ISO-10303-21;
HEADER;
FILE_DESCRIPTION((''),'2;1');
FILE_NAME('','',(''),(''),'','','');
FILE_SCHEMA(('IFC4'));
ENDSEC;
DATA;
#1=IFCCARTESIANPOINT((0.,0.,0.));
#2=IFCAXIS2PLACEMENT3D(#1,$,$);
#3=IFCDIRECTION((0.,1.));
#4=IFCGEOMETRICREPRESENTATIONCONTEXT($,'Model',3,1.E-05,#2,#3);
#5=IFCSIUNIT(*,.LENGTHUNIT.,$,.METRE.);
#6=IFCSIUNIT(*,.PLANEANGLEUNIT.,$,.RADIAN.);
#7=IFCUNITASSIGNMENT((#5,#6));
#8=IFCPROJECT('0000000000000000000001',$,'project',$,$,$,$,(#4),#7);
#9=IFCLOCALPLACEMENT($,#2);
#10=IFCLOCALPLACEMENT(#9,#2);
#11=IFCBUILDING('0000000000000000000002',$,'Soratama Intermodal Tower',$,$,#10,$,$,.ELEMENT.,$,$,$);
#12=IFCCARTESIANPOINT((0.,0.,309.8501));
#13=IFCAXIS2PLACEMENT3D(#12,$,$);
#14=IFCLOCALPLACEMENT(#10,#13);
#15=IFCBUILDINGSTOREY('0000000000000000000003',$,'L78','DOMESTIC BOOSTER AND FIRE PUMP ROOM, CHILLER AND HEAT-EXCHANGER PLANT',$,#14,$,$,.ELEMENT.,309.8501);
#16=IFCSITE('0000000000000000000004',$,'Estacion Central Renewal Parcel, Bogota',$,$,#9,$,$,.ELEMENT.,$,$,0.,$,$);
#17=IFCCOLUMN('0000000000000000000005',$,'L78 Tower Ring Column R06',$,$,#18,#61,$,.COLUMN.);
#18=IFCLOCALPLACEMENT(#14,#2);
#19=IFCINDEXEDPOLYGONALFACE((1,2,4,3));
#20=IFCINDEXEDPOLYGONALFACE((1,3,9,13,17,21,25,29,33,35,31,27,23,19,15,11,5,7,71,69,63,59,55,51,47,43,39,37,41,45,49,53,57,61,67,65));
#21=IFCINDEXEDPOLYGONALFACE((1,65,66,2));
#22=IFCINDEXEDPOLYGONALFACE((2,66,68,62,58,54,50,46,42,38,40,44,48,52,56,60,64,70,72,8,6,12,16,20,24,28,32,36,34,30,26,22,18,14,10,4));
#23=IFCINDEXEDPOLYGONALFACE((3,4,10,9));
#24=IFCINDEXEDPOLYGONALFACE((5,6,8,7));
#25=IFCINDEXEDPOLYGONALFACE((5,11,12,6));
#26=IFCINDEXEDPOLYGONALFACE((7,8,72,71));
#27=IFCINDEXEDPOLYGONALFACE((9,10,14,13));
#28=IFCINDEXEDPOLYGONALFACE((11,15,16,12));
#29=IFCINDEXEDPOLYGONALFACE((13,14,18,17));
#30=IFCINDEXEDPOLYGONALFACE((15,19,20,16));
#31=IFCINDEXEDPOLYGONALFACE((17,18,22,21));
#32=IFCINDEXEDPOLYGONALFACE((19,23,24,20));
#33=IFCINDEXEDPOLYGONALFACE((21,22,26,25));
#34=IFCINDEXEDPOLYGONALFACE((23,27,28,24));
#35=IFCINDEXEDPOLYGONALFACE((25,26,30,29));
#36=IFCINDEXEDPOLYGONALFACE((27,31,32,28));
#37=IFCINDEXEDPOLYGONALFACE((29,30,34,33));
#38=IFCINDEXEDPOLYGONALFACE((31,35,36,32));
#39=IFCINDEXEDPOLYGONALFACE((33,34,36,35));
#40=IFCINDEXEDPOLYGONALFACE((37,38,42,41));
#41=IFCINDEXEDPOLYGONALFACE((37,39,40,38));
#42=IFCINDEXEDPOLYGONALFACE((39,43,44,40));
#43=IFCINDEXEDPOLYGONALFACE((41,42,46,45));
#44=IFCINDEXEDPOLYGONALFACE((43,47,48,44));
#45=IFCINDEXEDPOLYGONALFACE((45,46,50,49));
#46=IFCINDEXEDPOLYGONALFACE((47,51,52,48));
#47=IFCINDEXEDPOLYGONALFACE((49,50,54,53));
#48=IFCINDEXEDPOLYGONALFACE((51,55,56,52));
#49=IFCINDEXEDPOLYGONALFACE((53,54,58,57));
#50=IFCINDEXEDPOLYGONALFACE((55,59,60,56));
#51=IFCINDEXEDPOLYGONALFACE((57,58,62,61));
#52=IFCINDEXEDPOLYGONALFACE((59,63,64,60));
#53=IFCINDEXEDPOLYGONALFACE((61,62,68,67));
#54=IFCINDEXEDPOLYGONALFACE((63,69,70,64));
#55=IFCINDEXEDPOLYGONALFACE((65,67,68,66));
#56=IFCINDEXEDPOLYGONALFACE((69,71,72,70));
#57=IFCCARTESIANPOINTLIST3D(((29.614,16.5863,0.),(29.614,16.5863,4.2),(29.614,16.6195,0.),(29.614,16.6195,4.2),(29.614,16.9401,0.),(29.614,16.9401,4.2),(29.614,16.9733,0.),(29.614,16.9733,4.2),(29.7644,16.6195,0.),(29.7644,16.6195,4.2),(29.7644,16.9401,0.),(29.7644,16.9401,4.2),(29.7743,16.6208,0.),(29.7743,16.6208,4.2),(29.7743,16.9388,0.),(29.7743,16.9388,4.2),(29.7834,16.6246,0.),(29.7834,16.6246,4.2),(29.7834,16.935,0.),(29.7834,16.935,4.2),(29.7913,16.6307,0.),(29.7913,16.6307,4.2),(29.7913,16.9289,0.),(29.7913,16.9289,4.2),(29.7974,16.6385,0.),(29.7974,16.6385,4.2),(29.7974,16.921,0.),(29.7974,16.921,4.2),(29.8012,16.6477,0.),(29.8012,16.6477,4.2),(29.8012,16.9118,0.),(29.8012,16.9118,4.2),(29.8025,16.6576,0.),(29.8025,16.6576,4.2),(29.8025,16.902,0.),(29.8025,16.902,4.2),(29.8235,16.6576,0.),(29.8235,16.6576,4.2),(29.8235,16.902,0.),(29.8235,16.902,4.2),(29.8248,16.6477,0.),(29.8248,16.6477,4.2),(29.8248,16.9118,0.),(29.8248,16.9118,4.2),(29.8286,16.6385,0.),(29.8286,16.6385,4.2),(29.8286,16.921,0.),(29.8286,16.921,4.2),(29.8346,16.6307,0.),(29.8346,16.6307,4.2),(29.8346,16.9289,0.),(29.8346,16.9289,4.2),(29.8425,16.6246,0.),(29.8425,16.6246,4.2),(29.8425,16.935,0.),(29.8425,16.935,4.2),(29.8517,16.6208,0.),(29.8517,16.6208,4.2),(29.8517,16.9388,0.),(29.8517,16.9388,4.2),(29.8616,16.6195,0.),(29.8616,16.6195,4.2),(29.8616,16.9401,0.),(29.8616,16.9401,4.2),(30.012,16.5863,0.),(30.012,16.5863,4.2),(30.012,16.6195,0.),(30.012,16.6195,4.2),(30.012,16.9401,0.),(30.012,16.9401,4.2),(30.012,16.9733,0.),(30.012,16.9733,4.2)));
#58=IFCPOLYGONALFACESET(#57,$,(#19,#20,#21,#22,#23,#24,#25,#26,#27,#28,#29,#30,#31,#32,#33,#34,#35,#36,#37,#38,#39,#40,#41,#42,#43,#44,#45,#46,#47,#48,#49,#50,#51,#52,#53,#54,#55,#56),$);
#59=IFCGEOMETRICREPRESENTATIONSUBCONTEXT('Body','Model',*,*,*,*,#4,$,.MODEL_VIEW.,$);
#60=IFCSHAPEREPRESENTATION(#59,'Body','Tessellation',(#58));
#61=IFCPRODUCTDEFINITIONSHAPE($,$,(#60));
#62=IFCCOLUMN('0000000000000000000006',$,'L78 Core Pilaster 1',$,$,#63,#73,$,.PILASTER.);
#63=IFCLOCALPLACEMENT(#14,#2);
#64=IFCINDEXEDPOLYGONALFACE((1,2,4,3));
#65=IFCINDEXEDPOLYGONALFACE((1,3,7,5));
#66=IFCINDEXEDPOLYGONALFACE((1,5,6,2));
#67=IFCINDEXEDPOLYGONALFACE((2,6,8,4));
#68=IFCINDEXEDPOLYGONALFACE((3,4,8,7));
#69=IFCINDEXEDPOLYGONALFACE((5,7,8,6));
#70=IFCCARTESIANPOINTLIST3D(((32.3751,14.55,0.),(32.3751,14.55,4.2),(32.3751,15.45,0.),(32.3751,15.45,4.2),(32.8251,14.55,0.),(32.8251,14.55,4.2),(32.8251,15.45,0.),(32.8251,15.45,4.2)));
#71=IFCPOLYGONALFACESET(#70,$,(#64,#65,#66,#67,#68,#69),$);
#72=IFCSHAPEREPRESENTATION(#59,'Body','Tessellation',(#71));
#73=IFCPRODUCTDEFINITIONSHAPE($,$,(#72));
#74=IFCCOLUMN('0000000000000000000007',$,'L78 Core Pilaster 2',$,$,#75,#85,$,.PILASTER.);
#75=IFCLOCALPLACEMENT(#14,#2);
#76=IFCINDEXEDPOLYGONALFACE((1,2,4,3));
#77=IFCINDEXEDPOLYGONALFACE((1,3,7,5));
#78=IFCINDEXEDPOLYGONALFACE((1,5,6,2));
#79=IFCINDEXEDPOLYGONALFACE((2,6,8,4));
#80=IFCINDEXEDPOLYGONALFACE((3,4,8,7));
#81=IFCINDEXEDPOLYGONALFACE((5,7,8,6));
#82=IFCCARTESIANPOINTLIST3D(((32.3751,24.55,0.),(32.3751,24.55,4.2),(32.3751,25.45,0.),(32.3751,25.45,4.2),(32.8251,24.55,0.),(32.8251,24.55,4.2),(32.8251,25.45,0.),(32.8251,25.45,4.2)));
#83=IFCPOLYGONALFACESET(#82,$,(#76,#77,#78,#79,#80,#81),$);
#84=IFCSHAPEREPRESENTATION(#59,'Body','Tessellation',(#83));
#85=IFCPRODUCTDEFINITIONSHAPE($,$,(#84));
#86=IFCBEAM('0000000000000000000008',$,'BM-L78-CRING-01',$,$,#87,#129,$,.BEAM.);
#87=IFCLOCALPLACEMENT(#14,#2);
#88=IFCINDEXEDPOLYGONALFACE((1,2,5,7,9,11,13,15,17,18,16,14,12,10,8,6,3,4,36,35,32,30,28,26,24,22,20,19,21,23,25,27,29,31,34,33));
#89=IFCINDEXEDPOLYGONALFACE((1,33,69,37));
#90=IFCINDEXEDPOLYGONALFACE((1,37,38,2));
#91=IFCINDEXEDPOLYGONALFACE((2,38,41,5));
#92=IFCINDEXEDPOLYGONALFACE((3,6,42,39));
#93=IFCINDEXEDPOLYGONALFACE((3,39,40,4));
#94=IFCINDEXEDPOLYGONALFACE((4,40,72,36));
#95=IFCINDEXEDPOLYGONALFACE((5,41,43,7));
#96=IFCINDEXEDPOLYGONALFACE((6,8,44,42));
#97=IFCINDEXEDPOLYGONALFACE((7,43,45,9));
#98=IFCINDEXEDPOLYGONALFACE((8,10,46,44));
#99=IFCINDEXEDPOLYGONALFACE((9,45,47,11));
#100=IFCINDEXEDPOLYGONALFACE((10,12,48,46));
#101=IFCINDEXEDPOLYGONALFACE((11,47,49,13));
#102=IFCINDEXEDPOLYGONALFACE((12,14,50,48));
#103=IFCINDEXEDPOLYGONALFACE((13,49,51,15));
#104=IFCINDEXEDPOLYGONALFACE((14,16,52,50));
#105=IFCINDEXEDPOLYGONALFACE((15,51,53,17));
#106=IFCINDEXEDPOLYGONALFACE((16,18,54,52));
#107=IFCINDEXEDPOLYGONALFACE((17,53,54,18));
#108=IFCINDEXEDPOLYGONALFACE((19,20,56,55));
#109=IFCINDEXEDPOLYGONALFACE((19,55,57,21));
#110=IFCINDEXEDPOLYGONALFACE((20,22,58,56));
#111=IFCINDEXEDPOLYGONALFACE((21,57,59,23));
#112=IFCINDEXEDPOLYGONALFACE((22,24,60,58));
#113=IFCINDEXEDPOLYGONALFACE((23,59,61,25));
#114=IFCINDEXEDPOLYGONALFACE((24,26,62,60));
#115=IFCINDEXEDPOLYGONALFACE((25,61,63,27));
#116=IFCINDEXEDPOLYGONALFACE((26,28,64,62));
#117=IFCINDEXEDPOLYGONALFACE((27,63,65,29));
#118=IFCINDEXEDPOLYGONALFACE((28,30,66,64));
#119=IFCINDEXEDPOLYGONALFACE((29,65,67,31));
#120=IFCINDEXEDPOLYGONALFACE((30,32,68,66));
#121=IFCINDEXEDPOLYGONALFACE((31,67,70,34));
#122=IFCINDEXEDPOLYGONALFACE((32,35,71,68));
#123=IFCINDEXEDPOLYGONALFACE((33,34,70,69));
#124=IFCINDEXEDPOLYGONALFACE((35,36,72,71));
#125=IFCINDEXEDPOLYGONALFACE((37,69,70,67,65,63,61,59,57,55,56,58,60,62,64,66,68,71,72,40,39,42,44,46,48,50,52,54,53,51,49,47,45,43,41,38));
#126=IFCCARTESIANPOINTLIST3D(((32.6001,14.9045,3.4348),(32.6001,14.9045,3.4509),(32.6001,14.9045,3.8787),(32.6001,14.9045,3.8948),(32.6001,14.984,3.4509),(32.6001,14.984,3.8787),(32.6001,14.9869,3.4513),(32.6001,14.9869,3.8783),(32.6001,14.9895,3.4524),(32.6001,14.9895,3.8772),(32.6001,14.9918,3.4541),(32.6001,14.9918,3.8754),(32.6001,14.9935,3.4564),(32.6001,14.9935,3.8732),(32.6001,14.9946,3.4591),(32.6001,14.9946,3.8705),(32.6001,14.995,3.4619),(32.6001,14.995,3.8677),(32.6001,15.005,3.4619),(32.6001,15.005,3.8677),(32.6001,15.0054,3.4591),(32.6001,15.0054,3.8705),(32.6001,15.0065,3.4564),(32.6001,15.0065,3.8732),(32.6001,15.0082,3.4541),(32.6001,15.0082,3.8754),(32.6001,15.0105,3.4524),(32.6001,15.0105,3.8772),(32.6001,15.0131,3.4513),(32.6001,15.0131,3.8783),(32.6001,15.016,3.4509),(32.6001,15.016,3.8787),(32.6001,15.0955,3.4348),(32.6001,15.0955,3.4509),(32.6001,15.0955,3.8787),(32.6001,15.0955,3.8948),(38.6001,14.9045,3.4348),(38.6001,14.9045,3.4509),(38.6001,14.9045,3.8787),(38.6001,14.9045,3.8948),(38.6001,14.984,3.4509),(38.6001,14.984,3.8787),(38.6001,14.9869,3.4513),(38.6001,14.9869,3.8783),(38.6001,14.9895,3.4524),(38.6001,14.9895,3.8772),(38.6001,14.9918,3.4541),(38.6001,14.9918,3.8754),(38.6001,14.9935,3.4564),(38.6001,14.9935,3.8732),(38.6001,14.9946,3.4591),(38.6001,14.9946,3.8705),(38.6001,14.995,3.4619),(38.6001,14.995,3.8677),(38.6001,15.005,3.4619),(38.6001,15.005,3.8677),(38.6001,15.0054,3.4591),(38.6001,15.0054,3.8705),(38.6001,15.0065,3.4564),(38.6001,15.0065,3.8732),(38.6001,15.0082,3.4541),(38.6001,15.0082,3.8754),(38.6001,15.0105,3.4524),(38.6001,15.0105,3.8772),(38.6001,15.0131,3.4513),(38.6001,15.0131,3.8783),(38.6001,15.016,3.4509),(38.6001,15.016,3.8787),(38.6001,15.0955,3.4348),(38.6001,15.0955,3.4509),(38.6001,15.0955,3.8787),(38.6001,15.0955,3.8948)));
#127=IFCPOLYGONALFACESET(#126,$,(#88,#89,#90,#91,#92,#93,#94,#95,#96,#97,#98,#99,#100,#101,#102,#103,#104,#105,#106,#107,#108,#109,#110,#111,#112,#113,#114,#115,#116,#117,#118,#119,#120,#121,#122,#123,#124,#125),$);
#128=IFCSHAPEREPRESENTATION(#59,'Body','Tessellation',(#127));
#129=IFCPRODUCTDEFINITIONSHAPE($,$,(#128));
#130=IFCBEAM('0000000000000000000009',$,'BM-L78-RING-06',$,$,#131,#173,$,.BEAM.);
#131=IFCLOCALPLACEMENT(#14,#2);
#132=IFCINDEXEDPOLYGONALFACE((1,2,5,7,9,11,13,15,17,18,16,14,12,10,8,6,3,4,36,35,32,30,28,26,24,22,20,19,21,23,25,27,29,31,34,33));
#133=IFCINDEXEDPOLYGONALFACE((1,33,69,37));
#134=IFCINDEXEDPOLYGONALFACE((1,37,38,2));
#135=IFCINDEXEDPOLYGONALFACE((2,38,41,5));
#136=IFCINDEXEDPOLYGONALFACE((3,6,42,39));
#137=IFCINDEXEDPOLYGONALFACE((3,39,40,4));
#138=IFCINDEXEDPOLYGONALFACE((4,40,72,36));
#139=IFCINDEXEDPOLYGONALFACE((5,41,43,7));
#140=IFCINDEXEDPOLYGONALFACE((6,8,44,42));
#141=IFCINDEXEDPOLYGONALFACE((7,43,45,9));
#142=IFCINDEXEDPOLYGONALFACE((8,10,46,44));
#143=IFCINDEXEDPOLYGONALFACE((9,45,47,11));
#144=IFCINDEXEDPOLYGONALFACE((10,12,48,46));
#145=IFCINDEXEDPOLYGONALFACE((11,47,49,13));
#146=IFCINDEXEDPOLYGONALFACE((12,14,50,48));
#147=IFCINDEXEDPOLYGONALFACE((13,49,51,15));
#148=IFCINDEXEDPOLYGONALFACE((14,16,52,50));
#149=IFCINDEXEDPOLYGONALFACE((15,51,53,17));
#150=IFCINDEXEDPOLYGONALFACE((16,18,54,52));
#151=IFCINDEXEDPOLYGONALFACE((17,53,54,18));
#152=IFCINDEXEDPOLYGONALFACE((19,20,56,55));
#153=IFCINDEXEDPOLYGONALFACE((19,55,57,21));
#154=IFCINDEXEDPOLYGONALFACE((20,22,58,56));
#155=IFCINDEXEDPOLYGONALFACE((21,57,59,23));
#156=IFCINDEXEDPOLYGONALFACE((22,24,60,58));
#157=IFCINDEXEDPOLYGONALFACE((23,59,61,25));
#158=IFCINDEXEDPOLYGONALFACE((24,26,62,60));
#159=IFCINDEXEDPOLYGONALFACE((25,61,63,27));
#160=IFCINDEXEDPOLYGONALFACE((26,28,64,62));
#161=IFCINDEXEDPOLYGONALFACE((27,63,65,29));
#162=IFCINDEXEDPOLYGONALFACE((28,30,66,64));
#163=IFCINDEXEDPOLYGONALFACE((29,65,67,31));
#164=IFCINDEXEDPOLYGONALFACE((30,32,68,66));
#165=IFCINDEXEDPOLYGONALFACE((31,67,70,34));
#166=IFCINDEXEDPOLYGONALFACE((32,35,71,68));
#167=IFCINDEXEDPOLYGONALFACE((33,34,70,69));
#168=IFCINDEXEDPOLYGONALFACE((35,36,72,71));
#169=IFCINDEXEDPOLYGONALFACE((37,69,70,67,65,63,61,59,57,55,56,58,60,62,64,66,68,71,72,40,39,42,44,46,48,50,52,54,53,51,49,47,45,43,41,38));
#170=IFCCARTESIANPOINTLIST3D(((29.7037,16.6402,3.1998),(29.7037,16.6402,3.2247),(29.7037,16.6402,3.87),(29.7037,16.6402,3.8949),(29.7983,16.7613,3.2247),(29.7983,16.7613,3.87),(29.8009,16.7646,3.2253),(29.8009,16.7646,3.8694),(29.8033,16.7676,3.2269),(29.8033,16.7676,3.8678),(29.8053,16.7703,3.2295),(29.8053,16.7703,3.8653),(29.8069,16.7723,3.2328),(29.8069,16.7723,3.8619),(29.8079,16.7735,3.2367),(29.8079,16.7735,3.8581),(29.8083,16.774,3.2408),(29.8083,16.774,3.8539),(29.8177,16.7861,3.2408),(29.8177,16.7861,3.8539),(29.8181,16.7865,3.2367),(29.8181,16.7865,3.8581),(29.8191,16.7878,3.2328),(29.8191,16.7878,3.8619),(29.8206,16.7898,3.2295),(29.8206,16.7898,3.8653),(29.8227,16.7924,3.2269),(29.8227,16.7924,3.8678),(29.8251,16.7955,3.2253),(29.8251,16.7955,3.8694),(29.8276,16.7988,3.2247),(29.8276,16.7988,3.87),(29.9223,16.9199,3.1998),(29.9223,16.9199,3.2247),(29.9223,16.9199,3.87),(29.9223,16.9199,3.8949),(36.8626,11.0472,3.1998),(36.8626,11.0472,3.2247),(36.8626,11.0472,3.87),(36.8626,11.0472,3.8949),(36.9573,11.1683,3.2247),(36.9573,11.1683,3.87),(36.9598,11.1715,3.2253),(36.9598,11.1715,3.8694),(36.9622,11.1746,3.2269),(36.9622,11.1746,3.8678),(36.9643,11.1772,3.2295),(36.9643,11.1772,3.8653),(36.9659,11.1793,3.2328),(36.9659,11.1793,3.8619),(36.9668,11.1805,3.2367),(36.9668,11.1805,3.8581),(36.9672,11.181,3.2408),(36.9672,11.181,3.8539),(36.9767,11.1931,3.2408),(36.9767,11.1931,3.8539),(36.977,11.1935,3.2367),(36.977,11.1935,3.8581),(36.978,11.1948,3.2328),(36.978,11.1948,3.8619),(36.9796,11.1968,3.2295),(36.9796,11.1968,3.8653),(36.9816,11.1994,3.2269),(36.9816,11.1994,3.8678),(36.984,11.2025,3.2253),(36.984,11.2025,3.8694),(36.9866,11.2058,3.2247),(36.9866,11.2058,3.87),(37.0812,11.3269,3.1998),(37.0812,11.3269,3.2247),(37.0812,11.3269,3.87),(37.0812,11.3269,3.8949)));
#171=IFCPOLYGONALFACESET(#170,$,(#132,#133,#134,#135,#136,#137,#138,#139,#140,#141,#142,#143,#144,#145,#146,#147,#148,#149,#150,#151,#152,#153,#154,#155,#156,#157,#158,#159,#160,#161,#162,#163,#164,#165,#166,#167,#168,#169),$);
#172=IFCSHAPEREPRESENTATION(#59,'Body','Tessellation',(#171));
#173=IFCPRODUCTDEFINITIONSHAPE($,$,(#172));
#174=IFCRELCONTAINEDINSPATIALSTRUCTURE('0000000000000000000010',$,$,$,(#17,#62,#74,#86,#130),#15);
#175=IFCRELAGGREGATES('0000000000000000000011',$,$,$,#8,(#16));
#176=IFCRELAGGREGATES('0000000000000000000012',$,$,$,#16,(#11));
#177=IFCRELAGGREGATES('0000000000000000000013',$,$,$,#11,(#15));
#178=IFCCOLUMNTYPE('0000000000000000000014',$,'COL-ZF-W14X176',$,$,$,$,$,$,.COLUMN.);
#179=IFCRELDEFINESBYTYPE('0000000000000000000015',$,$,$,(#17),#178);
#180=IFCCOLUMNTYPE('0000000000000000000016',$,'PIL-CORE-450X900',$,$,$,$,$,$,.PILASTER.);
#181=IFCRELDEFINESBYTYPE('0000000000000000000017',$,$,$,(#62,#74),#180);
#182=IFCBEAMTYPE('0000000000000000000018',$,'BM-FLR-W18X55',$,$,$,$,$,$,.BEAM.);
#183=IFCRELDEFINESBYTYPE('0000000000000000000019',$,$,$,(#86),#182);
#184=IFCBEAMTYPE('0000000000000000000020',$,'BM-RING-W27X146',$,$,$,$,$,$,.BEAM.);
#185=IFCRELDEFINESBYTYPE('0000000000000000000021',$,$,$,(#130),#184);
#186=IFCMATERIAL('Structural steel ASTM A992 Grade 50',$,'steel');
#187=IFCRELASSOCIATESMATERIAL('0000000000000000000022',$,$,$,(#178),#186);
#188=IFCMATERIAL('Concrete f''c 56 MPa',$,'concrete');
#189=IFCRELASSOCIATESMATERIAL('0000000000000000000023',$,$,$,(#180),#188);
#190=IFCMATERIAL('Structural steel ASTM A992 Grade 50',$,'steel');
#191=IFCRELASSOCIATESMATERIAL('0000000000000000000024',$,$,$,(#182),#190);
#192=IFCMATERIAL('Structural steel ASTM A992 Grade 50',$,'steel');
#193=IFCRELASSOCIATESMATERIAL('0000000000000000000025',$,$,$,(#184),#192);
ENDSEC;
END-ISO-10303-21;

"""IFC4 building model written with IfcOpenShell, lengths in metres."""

from ifc_helpers import new_model, si_unit, direction, frame, origin, origin_2d, place, context, subcontext, project, spatial, rectangle, i_section, extrude, material, material_profile, profile_set, type_object, element, save


model = new_model("IFC4")

# Units and contexts
model_context = context("Model", 3, precision=1e-05, world=origin(), true_north=direction((0.0, 1.0)))
body_context = subcontext(model_context, "Body", "Model", "MODEL_VIEW")
ifc_project = project(units=[si_unit("LENGTHUNIT", "METRE"), si_unit("PLANEANGLEUNIT", "RADIAN")], contexts=[model_context])

# Site, building, storey
site_placement = place(None, origin())
site = spatial("IfcSite", under=ifc_project, at=site_placement, Name="Estacion Central Renewal Parcel, Bogota", CompositionType="ELEMENT", RefElevation=0.0)
building_placement = place(site_placement, origin())
building = spatial("IfcBuilding", under=site, at=building_placement, Name="Soratama Intermodal Tower", CompositionType="ELEMENT")
storey_placement = place(building_placement, frame((0.0, 0.0, 309.8501)))
storey = spatial("IfcBuildingStorey", under=building, at=storey_placement, Name="L78", Description="DOMESTIC BOOSTER AND FIRE PUMP ROOM, CHILLER AND HEAT-EXCHANGER PLANT", CompositionType="ELEMENT", Elevation=309.8501)

# Columns
ifc_material_1 = material(Name="Structural steel ASTM A992 Grade 50", Category="steel")
ifc_material_profile_1 = material_profile(ifc_material_1, i_section(OverallWidth=0.3979, OverallDepth=0.387, WebThickness=0.021, FlangeThickness=0.0332, FilletRadius=0.0381, at=origin_2d()), Name="W14X176")
ifc_profile_set_1 = profile_set([ifc_material_profile_1], Name="Structural steel ASTM A992 Grade 50")
column_type_1 = type_object("IfcColumnType", Name="COL-ZF-W14X176", PredefinedType="COLUMN", material=ifc_profile_set_1)
column_placement = place(storey_placement, frame((29.813, 16.7798, 0.0), z_axis=(0.0, 0.0, 1.0), x_axis=(1.0, 0.0, 0.0)))
element("IfcColumn", 1, at=column_placement, inside=storey, type_object=column_type_1, Name="L78 Tower Ring Column R06", PredefinedType="COLUMN", context=body_context, shape_type="SweptSolid", body=[
    extrude(i_section(OverallWidth=0.3979, OverallDepth=0.387, WebThickness=0.021, FlangeThickness=0.0332, FilletRadius=0.0381, at=origin_2d()), origin(), (0.0, 0.0, 1.0), 4.2),
])
ifc_material_2 = material(Name="Concrete f'c 56 MPa", Category="concrete")
ifc_material_profile_2 = material_profile(ifc_material_2, rectangle(XDim=0.45, YDim=0.8999, at=origin_2d()), Name="RC450X900")
ifc_profile_set_2 = profile_set([ifc_material_profile_2], Name="Concrete f'c 56 MPa")
column_type_2 = type_object("IfcColumnType", Name="PIL-CORE-450X900", PredefinedType="PILASTER", material=ifc_profile_set_2)
for number, where, z_axis, x_axis, name in (
    (2, (32.6001, 15.0, 0.0), (0.0, 0.0, 1.0), (1.0, 0.0, 0.0), "L78 Core Pilaster 1"),
    (3, (32.6001, 25.0, 0.0), (0.0, 0.0, 1.0), (1.0, 0.0, 0.0), "L78 Core Pilaster 2"),
):
    element("IfcColumn", number, at=place(storey_placement, frame(where, z_axis=z_axis, x_axis=x_axis)), inside=storey, type_object=column_type_2, Name=name, PredefinedType="PILASTER", context=body_context, shape_type="SweptSolid", body=[
        extrude(rectangle(XDim=0.45, YDim=0.8999, at=origin_2d()), origin(), (0.0, 0.0, 1.0), 4.2),
    ])

# Beams
ifc_material_3 = material(Name="Structural steel ASTM A992 Grade 50", Category="steel")
ifc_material_profile_3 = material_profile(ifc_material_3, i_section(OverallWidth=0.1909, OverallDepth=0.46, WebThickness=0.01, FlangeThickness=0.0161, FilletRadius=0.011, at=origin_2d()), Name="W18X55")
ifc_profile_set_3 = profile_set([ifc_material_profile_3], Name="Structural steel ASTM A992 Grade 50")
beam_type_1 = type_object("IfcBeamType", Name="BM-FLR-W18X55", PredefinedType="BEAM", material=ifc_profile_set_3)
beam_1_placement = place(storey_placement, frame((32.6001, 15.0, 3.6648), z_axis=(1.0, 0.0, 0.0), x_axis=(0.0, 1.0, 0.0)))
element("IfcBeam", 4, at=beam_1_placement, inside=storey, type_object=beam_type_1, Name="BM-L78-CRING-01", PredefinedType="BEAM", context=body_context, shape_type="SweptSolid", body=[
    extrude(i_section(OverallWidth=0.1909, OverallDepth=0.46, WebThickness=0.01, FlangeThickness=0.0161, FilletRadius=0.011, at=origin_2d()), origin(), (0.0, 0.0, 1.0), 6.0),
])
ifc_material_4 = material(Name="Structural steel ASTM A992 Grade 50", Category="steel")
ifc_material_profile_4 = material_profile(ifc_material_4, i_section(OverallWidth=0.355, OverallDepth=0.6951, WebThickness=0.0154, FlangeThickness=0.0249, FilletRadius=0.0161, at=origin_2d()), Name="W27X146")
ifc_profile_set_4 = profile_set([ifc_material_profile_4], Name="Structural steel ASTM A992 Grade 50")
beam_type_2 = type_object("IfcBeamType", Name="BM-RING-W27X146", PredefinedType="BEAM", material=ifc_profile_set_4)
beam_2_placement = place(storey_placement, frame((29.813, 16.78, 3.5474), z_axis=(0.788019, -0.615651, 0.0), x_axis=(0.615651, 0.788019, 0.0)))
element("IfcBeam", 5, at=beam_2_placement, inside=storey, type_object=beam_type_2, Name="BM-L78-RING-06", PredefinedType="BEAM", context=body_context, shape_type="SweptSolid", body=[
    extrude(i_section(OverallWidth=0.355, OverallDepth=0.6951, WebThickness=0.0154, FlangeThickness=0.0249, FilletRadius=0.0161, at=origin_2d()), origin(), (0.0, 0.0, 1.0), 9.0847),
])

save(model, "model.ifc")
